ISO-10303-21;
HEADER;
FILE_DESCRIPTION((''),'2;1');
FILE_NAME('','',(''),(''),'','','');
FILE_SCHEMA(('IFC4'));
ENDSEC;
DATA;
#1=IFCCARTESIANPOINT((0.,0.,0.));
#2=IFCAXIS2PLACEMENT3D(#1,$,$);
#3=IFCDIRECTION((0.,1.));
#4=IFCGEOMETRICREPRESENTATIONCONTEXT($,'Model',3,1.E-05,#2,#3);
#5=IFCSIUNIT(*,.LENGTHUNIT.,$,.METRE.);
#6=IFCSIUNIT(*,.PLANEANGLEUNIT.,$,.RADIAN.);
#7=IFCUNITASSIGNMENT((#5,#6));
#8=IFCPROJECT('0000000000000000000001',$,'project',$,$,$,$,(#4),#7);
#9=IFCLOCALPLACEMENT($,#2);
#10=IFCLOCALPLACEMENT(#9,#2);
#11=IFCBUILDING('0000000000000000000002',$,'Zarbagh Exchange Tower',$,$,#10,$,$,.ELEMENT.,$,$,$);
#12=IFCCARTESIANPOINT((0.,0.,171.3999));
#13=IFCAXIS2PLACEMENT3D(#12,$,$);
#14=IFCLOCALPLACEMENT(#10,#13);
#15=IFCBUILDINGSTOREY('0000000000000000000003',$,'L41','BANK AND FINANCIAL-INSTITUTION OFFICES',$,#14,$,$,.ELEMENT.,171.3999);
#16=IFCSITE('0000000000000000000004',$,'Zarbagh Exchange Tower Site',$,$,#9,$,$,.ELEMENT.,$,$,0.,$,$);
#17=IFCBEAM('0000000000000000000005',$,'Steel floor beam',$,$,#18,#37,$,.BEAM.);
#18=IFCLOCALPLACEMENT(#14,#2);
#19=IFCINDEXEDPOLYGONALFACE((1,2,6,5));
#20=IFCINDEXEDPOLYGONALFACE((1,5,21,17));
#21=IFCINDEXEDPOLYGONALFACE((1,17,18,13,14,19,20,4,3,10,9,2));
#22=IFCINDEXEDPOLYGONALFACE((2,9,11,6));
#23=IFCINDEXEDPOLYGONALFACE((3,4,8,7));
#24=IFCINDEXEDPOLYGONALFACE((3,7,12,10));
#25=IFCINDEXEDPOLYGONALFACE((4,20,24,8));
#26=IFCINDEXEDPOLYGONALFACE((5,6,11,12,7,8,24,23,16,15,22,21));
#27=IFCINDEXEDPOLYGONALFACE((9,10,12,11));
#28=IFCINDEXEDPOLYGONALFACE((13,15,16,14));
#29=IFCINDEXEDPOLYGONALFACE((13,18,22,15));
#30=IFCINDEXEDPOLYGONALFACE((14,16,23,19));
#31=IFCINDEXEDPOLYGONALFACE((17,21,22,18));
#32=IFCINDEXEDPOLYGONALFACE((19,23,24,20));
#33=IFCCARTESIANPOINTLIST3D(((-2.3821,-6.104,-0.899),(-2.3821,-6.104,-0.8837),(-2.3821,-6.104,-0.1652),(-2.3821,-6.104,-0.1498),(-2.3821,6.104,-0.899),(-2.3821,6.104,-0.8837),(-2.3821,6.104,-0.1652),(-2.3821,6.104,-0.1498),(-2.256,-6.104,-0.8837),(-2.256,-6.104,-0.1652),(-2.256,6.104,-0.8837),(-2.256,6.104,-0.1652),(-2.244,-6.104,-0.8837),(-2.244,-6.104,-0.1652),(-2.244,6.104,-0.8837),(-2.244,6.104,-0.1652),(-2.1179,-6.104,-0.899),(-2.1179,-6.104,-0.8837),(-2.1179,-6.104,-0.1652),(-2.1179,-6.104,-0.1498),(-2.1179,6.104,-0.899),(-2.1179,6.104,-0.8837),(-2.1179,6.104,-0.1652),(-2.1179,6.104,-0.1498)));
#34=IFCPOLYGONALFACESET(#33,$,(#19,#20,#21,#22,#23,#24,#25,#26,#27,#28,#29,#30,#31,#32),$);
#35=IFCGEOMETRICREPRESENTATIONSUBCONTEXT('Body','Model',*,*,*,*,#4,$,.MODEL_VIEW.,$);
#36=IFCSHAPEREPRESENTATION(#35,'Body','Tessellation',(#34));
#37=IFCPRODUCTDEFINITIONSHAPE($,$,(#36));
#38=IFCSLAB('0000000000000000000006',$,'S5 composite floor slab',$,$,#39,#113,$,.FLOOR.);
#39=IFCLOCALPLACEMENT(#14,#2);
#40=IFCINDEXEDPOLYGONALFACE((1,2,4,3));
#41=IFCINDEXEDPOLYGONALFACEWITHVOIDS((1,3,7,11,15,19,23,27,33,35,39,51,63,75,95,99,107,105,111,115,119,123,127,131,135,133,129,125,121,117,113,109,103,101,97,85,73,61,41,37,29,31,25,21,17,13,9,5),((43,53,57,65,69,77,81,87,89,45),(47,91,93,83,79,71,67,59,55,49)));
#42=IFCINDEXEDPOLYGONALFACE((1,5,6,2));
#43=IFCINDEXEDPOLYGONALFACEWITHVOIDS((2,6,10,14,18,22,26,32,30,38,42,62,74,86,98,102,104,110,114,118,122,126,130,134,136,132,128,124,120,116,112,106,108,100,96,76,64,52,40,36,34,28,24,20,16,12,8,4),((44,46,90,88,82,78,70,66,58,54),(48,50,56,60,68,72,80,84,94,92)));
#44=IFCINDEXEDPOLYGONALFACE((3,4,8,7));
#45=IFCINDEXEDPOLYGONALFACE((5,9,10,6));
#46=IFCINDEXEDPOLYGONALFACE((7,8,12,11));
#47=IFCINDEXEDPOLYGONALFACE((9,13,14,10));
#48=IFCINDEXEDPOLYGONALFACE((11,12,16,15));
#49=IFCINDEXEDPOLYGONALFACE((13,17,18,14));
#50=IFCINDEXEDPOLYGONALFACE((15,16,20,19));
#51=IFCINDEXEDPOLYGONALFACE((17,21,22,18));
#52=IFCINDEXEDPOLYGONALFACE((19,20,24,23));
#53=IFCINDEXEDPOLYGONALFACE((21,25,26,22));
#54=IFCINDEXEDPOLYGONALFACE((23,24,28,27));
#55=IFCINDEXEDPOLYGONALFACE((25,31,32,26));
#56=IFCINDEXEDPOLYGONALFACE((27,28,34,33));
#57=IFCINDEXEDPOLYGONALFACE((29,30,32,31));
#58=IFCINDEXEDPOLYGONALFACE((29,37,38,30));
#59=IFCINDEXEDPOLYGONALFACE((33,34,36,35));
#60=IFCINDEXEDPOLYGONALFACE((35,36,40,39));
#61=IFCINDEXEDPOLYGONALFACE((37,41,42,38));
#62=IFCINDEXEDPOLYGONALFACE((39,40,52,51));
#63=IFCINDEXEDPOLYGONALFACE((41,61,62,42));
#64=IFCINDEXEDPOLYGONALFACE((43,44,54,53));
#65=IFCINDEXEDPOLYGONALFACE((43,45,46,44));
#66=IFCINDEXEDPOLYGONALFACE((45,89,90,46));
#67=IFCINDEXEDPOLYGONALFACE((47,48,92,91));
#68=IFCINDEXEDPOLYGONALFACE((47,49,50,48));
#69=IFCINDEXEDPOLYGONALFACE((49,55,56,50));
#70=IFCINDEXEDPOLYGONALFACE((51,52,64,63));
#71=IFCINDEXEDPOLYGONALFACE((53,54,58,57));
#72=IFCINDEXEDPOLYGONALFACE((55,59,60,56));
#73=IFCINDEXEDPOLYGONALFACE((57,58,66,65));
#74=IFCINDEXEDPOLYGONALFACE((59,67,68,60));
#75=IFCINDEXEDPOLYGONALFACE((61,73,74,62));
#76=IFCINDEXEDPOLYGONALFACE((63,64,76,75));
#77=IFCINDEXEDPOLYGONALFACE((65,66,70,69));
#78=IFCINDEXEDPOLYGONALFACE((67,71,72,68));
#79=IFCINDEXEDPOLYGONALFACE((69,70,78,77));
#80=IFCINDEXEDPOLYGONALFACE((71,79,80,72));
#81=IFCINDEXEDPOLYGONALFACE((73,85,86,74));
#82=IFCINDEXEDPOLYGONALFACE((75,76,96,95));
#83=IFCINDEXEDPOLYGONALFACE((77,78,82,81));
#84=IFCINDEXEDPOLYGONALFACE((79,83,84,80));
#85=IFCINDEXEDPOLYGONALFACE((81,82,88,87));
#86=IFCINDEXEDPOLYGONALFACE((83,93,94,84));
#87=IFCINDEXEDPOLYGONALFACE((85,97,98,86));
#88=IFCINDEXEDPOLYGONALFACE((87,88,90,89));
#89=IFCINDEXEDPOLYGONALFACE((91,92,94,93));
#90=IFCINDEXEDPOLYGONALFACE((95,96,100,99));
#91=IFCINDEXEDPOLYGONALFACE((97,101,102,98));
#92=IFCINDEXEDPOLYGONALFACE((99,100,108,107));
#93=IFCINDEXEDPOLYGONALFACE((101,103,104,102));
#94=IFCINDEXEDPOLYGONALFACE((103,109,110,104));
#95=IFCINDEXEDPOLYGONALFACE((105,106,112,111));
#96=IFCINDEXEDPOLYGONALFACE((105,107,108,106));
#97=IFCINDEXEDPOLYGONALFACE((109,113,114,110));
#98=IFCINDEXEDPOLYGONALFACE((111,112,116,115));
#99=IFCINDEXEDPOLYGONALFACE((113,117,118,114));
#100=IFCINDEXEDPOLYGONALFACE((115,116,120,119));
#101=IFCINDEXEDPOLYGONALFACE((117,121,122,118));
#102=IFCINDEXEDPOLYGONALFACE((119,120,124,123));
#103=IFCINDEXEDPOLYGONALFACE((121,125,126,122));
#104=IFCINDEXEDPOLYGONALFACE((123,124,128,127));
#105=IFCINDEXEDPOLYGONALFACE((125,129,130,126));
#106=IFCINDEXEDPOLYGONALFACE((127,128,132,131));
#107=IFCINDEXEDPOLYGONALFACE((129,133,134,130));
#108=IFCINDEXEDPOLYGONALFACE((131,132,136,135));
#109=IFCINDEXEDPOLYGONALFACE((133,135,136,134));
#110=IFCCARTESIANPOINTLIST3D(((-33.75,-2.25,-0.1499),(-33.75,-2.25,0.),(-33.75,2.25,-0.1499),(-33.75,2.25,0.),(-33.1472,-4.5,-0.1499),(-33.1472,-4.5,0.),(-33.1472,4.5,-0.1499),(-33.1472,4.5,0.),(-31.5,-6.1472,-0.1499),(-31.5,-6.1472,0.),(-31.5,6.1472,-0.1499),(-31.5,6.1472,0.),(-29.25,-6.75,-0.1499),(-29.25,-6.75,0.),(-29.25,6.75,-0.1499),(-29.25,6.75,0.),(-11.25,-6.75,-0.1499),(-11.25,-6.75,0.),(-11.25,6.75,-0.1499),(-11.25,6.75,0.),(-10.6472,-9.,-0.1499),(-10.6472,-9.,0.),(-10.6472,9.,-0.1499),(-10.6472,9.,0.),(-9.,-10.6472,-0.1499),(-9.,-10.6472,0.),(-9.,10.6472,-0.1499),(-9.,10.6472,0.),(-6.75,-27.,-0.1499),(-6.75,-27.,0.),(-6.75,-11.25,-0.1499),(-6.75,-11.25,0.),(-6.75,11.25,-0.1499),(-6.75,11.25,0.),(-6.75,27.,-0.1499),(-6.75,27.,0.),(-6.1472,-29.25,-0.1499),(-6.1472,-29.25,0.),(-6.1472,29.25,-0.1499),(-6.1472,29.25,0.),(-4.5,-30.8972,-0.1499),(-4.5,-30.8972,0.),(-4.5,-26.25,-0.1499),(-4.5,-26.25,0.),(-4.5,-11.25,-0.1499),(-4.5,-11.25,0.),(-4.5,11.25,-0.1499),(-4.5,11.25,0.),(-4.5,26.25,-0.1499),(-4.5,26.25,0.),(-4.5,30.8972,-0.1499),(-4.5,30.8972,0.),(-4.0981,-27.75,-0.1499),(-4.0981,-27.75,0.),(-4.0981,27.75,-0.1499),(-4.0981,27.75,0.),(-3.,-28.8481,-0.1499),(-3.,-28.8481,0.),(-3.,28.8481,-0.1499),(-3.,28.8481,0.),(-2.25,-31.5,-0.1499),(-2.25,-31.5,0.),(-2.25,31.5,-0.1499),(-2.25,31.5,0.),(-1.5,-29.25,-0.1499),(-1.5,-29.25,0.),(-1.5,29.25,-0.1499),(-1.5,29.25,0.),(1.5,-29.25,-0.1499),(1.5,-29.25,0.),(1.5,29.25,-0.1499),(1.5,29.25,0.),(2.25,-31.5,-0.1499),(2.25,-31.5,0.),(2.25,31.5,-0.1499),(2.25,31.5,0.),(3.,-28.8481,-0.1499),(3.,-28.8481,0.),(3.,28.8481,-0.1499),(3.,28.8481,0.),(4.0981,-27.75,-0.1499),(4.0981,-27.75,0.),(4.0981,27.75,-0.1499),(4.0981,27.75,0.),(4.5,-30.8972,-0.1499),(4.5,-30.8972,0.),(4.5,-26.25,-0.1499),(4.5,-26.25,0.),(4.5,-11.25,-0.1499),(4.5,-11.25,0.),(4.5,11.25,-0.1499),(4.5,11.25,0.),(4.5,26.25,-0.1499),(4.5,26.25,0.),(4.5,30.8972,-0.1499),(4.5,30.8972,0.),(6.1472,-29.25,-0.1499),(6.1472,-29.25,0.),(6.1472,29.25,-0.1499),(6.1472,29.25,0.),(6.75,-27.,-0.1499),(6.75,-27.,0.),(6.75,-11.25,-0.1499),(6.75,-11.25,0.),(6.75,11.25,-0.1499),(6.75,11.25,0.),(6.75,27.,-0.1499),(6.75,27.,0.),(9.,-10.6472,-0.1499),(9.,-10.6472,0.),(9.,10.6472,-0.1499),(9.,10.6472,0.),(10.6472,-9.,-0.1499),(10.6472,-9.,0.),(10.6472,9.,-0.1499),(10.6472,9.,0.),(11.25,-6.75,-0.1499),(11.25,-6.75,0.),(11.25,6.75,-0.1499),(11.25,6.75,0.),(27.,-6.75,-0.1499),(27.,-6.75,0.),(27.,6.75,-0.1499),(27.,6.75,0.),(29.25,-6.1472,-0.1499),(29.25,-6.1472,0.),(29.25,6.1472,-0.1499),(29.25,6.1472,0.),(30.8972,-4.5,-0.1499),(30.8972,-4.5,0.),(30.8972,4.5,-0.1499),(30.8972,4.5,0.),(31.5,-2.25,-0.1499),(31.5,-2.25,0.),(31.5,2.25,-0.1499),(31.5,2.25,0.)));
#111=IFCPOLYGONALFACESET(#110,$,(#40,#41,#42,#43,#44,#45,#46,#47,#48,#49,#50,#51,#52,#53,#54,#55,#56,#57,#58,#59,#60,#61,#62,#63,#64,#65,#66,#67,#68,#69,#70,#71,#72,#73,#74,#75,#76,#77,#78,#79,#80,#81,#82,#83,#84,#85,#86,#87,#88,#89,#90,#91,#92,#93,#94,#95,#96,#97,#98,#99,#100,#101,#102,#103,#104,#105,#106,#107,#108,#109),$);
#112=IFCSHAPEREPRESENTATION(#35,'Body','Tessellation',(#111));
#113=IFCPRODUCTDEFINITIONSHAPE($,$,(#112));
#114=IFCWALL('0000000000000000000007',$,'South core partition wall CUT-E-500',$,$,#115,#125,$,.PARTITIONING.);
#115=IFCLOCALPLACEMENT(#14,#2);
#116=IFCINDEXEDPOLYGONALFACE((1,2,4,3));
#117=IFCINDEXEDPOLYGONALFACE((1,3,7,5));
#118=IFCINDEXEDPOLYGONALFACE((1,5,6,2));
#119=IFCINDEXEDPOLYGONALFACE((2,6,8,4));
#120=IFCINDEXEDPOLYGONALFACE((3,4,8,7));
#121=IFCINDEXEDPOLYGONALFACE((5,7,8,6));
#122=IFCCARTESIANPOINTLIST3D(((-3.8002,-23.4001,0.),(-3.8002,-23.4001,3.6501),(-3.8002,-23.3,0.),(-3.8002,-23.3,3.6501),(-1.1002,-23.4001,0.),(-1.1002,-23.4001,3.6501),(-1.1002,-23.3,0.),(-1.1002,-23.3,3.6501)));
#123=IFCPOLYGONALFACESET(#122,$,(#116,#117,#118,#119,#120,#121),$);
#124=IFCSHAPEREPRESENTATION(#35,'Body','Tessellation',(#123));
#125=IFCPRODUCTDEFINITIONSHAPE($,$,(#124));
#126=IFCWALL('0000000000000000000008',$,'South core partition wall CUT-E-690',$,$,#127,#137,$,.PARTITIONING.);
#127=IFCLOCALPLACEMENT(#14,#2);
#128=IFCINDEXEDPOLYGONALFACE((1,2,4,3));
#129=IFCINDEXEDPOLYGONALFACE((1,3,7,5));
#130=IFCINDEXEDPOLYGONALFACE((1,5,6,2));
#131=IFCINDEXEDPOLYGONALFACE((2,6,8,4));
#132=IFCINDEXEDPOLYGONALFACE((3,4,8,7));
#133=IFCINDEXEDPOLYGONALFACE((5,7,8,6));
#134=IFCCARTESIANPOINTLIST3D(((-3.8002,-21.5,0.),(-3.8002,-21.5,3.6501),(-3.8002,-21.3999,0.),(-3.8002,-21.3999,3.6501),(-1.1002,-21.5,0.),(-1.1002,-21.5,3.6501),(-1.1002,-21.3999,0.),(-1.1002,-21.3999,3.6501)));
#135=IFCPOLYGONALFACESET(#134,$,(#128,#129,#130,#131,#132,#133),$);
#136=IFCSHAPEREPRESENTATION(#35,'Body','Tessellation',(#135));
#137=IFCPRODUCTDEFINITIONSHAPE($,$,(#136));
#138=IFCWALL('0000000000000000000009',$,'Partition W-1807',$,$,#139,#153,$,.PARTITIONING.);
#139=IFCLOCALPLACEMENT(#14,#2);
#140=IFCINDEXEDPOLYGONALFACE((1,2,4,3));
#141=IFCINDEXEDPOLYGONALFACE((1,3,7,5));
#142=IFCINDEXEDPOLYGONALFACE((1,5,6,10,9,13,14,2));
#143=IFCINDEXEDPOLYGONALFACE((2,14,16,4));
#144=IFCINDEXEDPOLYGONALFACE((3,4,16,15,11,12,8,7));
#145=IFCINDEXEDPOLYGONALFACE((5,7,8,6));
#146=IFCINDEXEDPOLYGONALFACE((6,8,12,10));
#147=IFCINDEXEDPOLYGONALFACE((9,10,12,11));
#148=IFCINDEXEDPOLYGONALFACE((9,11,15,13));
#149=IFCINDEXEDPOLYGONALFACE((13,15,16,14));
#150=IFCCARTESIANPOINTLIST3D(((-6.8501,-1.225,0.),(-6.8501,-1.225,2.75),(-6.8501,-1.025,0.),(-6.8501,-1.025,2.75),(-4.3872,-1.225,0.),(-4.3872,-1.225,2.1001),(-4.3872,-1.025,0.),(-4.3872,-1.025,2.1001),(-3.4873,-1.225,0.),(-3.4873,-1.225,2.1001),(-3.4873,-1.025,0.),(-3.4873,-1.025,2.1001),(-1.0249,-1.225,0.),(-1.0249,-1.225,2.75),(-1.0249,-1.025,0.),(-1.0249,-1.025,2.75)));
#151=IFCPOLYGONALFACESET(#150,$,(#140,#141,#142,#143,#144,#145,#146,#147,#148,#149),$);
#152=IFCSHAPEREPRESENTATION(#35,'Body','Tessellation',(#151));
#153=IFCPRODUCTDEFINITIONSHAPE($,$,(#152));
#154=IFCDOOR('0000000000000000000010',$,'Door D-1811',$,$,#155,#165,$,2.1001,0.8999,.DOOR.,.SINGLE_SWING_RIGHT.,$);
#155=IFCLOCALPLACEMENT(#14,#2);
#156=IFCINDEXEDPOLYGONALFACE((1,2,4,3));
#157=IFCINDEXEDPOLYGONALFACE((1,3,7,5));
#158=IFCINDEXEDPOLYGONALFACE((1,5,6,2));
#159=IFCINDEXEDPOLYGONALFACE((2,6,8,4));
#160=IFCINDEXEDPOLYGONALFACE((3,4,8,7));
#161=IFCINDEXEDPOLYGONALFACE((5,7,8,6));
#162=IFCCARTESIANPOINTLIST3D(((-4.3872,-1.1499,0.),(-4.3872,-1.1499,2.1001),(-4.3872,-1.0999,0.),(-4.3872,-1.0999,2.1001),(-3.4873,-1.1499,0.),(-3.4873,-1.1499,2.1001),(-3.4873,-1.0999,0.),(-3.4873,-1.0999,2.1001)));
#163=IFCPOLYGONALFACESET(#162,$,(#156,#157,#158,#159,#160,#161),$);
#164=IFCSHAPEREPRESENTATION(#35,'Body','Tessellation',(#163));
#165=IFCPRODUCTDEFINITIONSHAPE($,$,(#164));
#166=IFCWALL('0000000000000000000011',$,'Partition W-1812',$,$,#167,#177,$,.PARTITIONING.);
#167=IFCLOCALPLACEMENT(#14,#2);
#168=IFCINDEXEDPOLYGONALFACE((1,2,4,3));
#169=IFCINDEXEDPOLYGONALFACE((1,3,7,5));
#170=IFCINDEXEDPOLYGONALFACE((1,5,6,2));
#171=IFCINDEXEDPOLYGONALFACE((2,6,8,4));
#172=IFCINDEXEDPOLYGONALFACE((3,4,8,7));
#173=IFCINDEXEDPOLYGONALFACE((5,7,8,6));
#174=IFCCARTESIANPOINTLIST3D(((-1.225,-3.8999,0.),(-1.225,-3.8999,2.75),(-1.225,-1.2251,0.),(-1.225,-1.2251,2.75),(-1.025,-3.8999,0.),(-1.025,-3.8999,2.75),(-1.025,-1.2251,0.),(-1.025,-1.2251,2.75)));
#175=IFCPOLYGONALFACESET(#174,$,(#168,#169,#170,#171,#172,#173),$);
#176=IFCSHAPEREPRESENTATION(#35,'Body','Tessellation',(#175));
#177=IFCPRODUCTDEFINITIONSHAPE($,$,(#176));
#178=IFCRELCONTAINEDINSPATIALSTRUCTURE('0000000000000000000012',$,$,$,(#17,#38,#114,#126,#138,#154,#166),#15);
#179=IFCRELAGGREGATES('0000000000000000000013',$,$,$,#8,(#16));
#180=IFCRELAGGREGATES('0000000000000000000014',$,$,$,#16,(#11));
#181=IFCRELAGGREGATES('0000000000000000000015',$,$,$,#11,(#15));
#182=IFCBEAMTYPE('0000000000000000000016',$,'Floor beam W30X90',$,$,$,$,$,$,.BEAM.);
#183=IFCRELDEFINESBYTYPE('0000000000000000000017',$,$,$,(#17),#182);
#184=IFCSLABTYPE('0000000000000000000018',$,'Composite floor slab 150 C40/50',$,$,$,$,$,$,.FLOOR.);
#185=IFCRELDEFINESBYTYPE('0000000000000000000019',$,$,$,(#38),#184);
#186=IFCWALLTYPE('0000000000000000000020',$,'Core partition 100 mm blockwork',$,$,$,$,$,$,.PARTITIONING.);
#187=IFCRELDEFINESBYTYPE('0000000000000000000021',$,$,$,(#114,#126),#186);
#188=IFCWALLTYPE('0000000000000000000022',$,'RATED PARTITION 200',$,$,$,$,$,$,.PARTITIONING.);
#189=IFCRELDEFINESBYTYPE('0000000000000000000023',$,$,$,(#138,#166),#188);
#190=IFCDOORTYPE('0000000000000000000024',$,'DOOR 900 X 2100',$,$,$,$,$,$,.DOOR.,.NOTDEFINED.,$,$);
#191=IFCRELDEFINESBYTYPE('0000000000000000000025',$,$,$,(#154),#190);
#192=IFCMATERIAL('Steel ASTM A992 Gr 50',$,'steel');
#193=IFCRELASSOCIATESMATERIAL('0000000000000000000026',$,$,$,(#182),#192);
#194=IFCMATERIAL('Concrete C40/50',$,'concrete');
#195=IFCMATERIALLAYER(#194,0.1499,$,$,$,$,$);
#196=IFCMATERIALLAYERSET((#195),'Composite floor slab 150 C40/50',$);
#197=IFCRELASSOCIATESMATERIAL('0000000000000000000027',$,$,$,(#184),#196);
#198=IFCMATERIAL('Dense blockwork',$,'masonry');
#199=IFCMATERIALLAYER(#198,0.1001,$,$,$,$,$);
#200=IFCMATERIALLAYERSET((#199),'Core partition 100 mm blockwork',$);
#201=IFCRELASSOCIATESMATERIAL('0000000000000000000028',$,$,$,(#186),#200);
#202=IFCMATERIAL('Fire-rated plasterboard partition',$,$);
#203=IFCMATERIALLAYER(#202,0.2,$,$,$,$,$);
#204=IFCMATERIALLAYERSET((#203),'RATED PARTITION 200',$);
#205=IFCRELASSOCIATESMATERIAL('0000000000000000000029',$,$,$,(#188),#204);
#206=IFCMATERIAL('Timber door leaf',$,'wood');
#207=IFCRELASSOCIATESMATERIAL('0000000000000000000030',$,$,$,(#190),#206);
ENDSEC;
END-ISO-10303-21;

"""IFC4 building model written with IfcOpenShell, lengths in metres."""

from ifc_helpers import new_model, si_unit, direction, frame, frame_2d, origin, origin_2d, place, context, subcontext, project, spatial, polyline, rectangle, i_section, outline, extrude, material, layer, layer_set, material_profile, profile_set, type_object, element, fill, save


model = new_model("IFC4")

# Units and contexts
model_context = context("Model", 3, precision=1e-05, world=origin(), true_north=direction((0.0, 1.0)))
body_context = subcontext(model_context, "Body", "Model", "MODEL_VIEW")
ifc_project = project(units=[si_unit("LENGTHUNIT", "METRE"), si_unit("PLANEANGLEUNIT", "RADIAN")], contexts=[model_context])

# Site, building, storey
site_placement = place(None, origin())
site = spatial("IfcSite", under=ifc_project, at=site_placement, Name="Zarbagh Exchange Tower Site", CompositionType="ELEMENT", RefElevation=0.0)
building_placement = place(site_placement, origin())
building = spatial("IfcBuilding", under=site, at=building_placement, Name="Zarbagh Exchange Tower", CompositionType="ELEMENT")
storey_placement = place(building_placement, frame((0.0, 0.0, 171.3999)))
storey = spatial("IfcBuildingStorey", under=building, at=storey_placement, Name="L41", Description="BANK AND FINANCIAL-INSTITUTION OFFICES", CompositionType="ELEMENT", Elevation=171.3999)

# Beam
ifc_material_1 = material(Name="Steel ASTM A992 Gr 50", Category="steel")
ifc_material_profile = material_profile(ifc_material_1, i_section(OverallWidth=0.2642, OverallDepth=0.7493, WebThickness=0.012, FlangeThickness=0.0154, at=origin_2d()), Name="W30X90")
ifc_profile_set = profile_set([ifc_material_profile], Name="Steel ASTM A992 Gr 50")
beam_type = type_object("IfcBeamType", Name="Floor beam W30X90", PredefinedType="BEAM", material=ifc_profile_set)
beam_placement = place(storey_placement, frame((-2.25, -6.104, -0.5244), z_axis=(0.0, 1.0, 0.0), x_axis=(-1.0, 0.0, 0.0)))
element("IfcBeam", 1, at=beam_placement, inside=storey, type_object=beam_type, Name="Steel floor beam", PredefinedType="BEAM", context=body_context, shape_type="SweptSolid", body=[
    extrude(i_section(OverallWidth=0.2642, OverallDepth=0.7493, WebThickness=0.012, FlangeThickness=0.0154, at=origin_2d()), origin(), (0.0, 0.0, 1.0), 12.208),
])

# Slab
ifc_material_2 = material(Name="Concrete C40/50", Category="concrete")
ifc_layer_1 = layer(ifc_material_2, 0.1499)
ifc_layer_set_1 = layer_set([ifc_layer_1], Name="Composite floor slab 150 C40/50")
slab_type = type_object("IfcSlabType", Name="Composite floor slab 150 C40/50", PredefinedType="FLOOR", material=ifc_layer_set_1)
slab_placement = place(storey_placement, frame((0.0, 0.0, -0.1499)))
element("IfcSlab", 2, at=slab_placement, inside=storey, type_object=slab_type, Name="S5 composite floor slab", PredefinedType="FLOOR", context=body_context, shape_type="SweptSolid", body=[
    extrude(outline(polyline([(-2.25, -31.5), (-4.5, -30.8972), (-6.1472, -29.25), (-6.75, -27.0), (-6.75, -11.25), (-9.0, -10.6472), (-10.6472, -9.0), (-11.25, -6.75), (-29.25, -6.75), (-31.5, -6.1472), (-33.1472, -4.5), (-33.75, -2.25), (-33.75, 2.25), (-33.1472, 4.5), (-31.5, 6.1472), (-29.25, 6.75), (-11.25, 6.75), (-10.6472, 9.0), (-9.0, 10.6472), (-6.75, 11.25), (-6.75, 27.0), (-6.1472, 29.25), (-4.5, 30.8972), (-2.25, 31.5), (2.25, 31.5), (4.5, 30.8972), (6.1472, 29.25), (6.75, 27.0), (6.75, 11.25), (9.0, 10.6472), (10.6472, 9.0), (11.25, 6.75), (27.0, 6.75), (29.25, 6.1472), (30.8972, 4.5), (31.5, 2.25), (31.5, -2.25), (30.8972, -4.5), (29.25, -6.1472), (27.0, -6.75), (11.25, -6.75), (10.6472, -9.0), (9.0, -10.6472), (6.75, -11.25), (6.75, -27.0), (6.1472, -29.25), (4.5, -30.8972), (2.25, -31.5), (-2.25, -31.5)]), holes=[polyline([(4.5, 11.25), (4.5, 26.25), (4.0981, 27.75), (3.0, 28.8481), (1.5, 29.25), (-1.5, 29.25), (-3.0, 28.8481), (-4.0981, 27.75), (-4.5, 26.25), (-4.5, 11.25), (4.5, 11.25)]), polyline([(-1.5, -29.25), (1.5, -29.25), (3.0, -28.8481), (4.0981, -27.75), (4.5, -26.25), (4.5, -11.25), (-4.5, -11.25), (-4.5, -26.25), (-4.0981, -27.75), (-3.0, -28.8481), (-1.5, -29.25)])]), origin(), (0.0, 0.0, 1.0), 0.1499),
])

# Walls
ifc_material_3 = material(Name="Dense blockwork", Category="masonry")
ifc_layer_2 = layer(ifc_material_3, 0.1001)
ifc_layer_set_2 = layer_set([ifc_layer_2], Name="Core partition 100 mm blockwork")
wall_type_1 = type_object("IfcWallType", Name="Core partition 100 mm blockwork", PredefinedType="PARTITIONING", material=ifc_layer_set_2)
for number, where, z_axis, x_axis, name in (
    (3, (-1.1001, -23.3501, 0.0), (0.0, 0.0, 1.0), (-1.0, 0.0, 0.0), "South core partition wall CUT-E-500"),
    (4, (-1.1001, -21.45, 0.0), (0.0, 0.0, 1.0), (-1.0, 0.0, 0.0), "South core partition wall CUT-E-690"),
):
    element("IfcWall", number, at=place(storey_placement, frame(where, z_axis=z_axis, x_axis=x_axis)), inside=storey, type_object=wall_type_1, Name=name, PredefinedType="PARTITIONING", context=body_context, shape_type="SweptSolid", body=[
        extrude(rectangle(XDim=2.7, YDim=0.1001, at=frame_2d((1.3501, 0.0))), origin(), (0.0, 0.0, 1.0), 3.6501),
    ])

# Wall, opening, door
ifc_material_4 = material(Name="Fire-rated plasterboard partition")
ifc_layer_3 = layer(ifc_material_4, 0.2)
ifc_layer_set_3 = layer_set([ifc_layer_3], Name="RATED PARTITION 200")
wall_type_2 = type_object("IfcWallType", Name="RATED PARTITION 200", PredefinedType="PARTITIONING", material=ifc_layer_set_3)
wall_1_placement = place(storey_placement, frame((-1.0249, -1.125, 0.0), z_axis=(0.0, 0.0, 1.0), x_axis=(-1.0, 0.0, 0.0)))
wall_1 = element("IfcWall", 5, at=wall_1_placement, inside=storey, type_object=wall_type_2, Name="Partition W-1807", PredefinedType="PARTITIONING", context=body_context, shape_type="SweptSolid", body=[
    extrude(rectangle(XDim=5.8252, YDim=0.2, at=frame_2d((2.9126, 0.0))), origin(), (0.0, 0.0, 1.0), 2.75),
])
opening_1_placement = place(wall_1_placement, frame((2.4624, 0.0, 0.0)))
opening_1 = element("IfcOpeningElement", 6, at=opening_1_placement, cuts=wall_1, PredefinedType="OPENING", context=body_context, shape_type="SweptSolid", body=[
    extrude(rectangle(XDim=0.8999, YDim=2.1001, at=frame_2d((0.45, 1.05))), frame((0.0, 0.1099, 0.0), z_axis=(0.0, -1.0, 0.0), x_axis=(1.0, 0.0, 0.0)), (0.0, 0.0, 1.0), 0.22),
])
ifc_material_5 = material(Name="Timber door leaf", Category="wood")
door_type_1 = type_object("IfcDoorType", Name="DOOR 900 X 2100", OperationType="NOTDEFINED", PredefinedType="DOOR", material=ifc_material_5)
door_1_placement = place(opening_1_placement, origin())
door_1 = element("IfcDoor", 7, at=door_1_placement, inside=storey, type_object=door_type_1, Name="Door D-1811", OperationType="SINGLE_SWING_RIGHT", OverallHeight=2.1001, OverallWidth=0.8999, PredefinedType="DOOR", context=body_context, shape_type="SweptSolid", body=[
    extrude(rectangle(XDim=0.8999, YDim=2.1001, at=frame_2d((0.45, 1.05))), frame((0.0, 0.0249, 0.0), z_axis=(0.0, -1.0, 0.0), x_axis=(1.0, 0.0, 0.0)), (0.0, 0.0, 1.0), 0.05),
])
fill(opening_1, door_1)

# Wall
wall_2_placement = place(storey_placement, frame((-1.125, -3.8999, 0.0), z_axis=(0.0, 0.0, 1.0), x_axis=(0.0, 1.0, 0.0)))
element("IfcWall", 8, at=wall_2_placement, inside=storey, type_object=wall_type_2, Name="Partition W-1812", PredefinedType="PARTITIONING", context=body_context, shape_type="SweptSolid", body=[
    extrude(rectangle(XDim=2.6748, YDim=0.2, at=frame_2d((1.3374, 0.0))), origin(), (0.0, 0.0, 1.0), 2.75),
])

save(model, "model.ifc")
